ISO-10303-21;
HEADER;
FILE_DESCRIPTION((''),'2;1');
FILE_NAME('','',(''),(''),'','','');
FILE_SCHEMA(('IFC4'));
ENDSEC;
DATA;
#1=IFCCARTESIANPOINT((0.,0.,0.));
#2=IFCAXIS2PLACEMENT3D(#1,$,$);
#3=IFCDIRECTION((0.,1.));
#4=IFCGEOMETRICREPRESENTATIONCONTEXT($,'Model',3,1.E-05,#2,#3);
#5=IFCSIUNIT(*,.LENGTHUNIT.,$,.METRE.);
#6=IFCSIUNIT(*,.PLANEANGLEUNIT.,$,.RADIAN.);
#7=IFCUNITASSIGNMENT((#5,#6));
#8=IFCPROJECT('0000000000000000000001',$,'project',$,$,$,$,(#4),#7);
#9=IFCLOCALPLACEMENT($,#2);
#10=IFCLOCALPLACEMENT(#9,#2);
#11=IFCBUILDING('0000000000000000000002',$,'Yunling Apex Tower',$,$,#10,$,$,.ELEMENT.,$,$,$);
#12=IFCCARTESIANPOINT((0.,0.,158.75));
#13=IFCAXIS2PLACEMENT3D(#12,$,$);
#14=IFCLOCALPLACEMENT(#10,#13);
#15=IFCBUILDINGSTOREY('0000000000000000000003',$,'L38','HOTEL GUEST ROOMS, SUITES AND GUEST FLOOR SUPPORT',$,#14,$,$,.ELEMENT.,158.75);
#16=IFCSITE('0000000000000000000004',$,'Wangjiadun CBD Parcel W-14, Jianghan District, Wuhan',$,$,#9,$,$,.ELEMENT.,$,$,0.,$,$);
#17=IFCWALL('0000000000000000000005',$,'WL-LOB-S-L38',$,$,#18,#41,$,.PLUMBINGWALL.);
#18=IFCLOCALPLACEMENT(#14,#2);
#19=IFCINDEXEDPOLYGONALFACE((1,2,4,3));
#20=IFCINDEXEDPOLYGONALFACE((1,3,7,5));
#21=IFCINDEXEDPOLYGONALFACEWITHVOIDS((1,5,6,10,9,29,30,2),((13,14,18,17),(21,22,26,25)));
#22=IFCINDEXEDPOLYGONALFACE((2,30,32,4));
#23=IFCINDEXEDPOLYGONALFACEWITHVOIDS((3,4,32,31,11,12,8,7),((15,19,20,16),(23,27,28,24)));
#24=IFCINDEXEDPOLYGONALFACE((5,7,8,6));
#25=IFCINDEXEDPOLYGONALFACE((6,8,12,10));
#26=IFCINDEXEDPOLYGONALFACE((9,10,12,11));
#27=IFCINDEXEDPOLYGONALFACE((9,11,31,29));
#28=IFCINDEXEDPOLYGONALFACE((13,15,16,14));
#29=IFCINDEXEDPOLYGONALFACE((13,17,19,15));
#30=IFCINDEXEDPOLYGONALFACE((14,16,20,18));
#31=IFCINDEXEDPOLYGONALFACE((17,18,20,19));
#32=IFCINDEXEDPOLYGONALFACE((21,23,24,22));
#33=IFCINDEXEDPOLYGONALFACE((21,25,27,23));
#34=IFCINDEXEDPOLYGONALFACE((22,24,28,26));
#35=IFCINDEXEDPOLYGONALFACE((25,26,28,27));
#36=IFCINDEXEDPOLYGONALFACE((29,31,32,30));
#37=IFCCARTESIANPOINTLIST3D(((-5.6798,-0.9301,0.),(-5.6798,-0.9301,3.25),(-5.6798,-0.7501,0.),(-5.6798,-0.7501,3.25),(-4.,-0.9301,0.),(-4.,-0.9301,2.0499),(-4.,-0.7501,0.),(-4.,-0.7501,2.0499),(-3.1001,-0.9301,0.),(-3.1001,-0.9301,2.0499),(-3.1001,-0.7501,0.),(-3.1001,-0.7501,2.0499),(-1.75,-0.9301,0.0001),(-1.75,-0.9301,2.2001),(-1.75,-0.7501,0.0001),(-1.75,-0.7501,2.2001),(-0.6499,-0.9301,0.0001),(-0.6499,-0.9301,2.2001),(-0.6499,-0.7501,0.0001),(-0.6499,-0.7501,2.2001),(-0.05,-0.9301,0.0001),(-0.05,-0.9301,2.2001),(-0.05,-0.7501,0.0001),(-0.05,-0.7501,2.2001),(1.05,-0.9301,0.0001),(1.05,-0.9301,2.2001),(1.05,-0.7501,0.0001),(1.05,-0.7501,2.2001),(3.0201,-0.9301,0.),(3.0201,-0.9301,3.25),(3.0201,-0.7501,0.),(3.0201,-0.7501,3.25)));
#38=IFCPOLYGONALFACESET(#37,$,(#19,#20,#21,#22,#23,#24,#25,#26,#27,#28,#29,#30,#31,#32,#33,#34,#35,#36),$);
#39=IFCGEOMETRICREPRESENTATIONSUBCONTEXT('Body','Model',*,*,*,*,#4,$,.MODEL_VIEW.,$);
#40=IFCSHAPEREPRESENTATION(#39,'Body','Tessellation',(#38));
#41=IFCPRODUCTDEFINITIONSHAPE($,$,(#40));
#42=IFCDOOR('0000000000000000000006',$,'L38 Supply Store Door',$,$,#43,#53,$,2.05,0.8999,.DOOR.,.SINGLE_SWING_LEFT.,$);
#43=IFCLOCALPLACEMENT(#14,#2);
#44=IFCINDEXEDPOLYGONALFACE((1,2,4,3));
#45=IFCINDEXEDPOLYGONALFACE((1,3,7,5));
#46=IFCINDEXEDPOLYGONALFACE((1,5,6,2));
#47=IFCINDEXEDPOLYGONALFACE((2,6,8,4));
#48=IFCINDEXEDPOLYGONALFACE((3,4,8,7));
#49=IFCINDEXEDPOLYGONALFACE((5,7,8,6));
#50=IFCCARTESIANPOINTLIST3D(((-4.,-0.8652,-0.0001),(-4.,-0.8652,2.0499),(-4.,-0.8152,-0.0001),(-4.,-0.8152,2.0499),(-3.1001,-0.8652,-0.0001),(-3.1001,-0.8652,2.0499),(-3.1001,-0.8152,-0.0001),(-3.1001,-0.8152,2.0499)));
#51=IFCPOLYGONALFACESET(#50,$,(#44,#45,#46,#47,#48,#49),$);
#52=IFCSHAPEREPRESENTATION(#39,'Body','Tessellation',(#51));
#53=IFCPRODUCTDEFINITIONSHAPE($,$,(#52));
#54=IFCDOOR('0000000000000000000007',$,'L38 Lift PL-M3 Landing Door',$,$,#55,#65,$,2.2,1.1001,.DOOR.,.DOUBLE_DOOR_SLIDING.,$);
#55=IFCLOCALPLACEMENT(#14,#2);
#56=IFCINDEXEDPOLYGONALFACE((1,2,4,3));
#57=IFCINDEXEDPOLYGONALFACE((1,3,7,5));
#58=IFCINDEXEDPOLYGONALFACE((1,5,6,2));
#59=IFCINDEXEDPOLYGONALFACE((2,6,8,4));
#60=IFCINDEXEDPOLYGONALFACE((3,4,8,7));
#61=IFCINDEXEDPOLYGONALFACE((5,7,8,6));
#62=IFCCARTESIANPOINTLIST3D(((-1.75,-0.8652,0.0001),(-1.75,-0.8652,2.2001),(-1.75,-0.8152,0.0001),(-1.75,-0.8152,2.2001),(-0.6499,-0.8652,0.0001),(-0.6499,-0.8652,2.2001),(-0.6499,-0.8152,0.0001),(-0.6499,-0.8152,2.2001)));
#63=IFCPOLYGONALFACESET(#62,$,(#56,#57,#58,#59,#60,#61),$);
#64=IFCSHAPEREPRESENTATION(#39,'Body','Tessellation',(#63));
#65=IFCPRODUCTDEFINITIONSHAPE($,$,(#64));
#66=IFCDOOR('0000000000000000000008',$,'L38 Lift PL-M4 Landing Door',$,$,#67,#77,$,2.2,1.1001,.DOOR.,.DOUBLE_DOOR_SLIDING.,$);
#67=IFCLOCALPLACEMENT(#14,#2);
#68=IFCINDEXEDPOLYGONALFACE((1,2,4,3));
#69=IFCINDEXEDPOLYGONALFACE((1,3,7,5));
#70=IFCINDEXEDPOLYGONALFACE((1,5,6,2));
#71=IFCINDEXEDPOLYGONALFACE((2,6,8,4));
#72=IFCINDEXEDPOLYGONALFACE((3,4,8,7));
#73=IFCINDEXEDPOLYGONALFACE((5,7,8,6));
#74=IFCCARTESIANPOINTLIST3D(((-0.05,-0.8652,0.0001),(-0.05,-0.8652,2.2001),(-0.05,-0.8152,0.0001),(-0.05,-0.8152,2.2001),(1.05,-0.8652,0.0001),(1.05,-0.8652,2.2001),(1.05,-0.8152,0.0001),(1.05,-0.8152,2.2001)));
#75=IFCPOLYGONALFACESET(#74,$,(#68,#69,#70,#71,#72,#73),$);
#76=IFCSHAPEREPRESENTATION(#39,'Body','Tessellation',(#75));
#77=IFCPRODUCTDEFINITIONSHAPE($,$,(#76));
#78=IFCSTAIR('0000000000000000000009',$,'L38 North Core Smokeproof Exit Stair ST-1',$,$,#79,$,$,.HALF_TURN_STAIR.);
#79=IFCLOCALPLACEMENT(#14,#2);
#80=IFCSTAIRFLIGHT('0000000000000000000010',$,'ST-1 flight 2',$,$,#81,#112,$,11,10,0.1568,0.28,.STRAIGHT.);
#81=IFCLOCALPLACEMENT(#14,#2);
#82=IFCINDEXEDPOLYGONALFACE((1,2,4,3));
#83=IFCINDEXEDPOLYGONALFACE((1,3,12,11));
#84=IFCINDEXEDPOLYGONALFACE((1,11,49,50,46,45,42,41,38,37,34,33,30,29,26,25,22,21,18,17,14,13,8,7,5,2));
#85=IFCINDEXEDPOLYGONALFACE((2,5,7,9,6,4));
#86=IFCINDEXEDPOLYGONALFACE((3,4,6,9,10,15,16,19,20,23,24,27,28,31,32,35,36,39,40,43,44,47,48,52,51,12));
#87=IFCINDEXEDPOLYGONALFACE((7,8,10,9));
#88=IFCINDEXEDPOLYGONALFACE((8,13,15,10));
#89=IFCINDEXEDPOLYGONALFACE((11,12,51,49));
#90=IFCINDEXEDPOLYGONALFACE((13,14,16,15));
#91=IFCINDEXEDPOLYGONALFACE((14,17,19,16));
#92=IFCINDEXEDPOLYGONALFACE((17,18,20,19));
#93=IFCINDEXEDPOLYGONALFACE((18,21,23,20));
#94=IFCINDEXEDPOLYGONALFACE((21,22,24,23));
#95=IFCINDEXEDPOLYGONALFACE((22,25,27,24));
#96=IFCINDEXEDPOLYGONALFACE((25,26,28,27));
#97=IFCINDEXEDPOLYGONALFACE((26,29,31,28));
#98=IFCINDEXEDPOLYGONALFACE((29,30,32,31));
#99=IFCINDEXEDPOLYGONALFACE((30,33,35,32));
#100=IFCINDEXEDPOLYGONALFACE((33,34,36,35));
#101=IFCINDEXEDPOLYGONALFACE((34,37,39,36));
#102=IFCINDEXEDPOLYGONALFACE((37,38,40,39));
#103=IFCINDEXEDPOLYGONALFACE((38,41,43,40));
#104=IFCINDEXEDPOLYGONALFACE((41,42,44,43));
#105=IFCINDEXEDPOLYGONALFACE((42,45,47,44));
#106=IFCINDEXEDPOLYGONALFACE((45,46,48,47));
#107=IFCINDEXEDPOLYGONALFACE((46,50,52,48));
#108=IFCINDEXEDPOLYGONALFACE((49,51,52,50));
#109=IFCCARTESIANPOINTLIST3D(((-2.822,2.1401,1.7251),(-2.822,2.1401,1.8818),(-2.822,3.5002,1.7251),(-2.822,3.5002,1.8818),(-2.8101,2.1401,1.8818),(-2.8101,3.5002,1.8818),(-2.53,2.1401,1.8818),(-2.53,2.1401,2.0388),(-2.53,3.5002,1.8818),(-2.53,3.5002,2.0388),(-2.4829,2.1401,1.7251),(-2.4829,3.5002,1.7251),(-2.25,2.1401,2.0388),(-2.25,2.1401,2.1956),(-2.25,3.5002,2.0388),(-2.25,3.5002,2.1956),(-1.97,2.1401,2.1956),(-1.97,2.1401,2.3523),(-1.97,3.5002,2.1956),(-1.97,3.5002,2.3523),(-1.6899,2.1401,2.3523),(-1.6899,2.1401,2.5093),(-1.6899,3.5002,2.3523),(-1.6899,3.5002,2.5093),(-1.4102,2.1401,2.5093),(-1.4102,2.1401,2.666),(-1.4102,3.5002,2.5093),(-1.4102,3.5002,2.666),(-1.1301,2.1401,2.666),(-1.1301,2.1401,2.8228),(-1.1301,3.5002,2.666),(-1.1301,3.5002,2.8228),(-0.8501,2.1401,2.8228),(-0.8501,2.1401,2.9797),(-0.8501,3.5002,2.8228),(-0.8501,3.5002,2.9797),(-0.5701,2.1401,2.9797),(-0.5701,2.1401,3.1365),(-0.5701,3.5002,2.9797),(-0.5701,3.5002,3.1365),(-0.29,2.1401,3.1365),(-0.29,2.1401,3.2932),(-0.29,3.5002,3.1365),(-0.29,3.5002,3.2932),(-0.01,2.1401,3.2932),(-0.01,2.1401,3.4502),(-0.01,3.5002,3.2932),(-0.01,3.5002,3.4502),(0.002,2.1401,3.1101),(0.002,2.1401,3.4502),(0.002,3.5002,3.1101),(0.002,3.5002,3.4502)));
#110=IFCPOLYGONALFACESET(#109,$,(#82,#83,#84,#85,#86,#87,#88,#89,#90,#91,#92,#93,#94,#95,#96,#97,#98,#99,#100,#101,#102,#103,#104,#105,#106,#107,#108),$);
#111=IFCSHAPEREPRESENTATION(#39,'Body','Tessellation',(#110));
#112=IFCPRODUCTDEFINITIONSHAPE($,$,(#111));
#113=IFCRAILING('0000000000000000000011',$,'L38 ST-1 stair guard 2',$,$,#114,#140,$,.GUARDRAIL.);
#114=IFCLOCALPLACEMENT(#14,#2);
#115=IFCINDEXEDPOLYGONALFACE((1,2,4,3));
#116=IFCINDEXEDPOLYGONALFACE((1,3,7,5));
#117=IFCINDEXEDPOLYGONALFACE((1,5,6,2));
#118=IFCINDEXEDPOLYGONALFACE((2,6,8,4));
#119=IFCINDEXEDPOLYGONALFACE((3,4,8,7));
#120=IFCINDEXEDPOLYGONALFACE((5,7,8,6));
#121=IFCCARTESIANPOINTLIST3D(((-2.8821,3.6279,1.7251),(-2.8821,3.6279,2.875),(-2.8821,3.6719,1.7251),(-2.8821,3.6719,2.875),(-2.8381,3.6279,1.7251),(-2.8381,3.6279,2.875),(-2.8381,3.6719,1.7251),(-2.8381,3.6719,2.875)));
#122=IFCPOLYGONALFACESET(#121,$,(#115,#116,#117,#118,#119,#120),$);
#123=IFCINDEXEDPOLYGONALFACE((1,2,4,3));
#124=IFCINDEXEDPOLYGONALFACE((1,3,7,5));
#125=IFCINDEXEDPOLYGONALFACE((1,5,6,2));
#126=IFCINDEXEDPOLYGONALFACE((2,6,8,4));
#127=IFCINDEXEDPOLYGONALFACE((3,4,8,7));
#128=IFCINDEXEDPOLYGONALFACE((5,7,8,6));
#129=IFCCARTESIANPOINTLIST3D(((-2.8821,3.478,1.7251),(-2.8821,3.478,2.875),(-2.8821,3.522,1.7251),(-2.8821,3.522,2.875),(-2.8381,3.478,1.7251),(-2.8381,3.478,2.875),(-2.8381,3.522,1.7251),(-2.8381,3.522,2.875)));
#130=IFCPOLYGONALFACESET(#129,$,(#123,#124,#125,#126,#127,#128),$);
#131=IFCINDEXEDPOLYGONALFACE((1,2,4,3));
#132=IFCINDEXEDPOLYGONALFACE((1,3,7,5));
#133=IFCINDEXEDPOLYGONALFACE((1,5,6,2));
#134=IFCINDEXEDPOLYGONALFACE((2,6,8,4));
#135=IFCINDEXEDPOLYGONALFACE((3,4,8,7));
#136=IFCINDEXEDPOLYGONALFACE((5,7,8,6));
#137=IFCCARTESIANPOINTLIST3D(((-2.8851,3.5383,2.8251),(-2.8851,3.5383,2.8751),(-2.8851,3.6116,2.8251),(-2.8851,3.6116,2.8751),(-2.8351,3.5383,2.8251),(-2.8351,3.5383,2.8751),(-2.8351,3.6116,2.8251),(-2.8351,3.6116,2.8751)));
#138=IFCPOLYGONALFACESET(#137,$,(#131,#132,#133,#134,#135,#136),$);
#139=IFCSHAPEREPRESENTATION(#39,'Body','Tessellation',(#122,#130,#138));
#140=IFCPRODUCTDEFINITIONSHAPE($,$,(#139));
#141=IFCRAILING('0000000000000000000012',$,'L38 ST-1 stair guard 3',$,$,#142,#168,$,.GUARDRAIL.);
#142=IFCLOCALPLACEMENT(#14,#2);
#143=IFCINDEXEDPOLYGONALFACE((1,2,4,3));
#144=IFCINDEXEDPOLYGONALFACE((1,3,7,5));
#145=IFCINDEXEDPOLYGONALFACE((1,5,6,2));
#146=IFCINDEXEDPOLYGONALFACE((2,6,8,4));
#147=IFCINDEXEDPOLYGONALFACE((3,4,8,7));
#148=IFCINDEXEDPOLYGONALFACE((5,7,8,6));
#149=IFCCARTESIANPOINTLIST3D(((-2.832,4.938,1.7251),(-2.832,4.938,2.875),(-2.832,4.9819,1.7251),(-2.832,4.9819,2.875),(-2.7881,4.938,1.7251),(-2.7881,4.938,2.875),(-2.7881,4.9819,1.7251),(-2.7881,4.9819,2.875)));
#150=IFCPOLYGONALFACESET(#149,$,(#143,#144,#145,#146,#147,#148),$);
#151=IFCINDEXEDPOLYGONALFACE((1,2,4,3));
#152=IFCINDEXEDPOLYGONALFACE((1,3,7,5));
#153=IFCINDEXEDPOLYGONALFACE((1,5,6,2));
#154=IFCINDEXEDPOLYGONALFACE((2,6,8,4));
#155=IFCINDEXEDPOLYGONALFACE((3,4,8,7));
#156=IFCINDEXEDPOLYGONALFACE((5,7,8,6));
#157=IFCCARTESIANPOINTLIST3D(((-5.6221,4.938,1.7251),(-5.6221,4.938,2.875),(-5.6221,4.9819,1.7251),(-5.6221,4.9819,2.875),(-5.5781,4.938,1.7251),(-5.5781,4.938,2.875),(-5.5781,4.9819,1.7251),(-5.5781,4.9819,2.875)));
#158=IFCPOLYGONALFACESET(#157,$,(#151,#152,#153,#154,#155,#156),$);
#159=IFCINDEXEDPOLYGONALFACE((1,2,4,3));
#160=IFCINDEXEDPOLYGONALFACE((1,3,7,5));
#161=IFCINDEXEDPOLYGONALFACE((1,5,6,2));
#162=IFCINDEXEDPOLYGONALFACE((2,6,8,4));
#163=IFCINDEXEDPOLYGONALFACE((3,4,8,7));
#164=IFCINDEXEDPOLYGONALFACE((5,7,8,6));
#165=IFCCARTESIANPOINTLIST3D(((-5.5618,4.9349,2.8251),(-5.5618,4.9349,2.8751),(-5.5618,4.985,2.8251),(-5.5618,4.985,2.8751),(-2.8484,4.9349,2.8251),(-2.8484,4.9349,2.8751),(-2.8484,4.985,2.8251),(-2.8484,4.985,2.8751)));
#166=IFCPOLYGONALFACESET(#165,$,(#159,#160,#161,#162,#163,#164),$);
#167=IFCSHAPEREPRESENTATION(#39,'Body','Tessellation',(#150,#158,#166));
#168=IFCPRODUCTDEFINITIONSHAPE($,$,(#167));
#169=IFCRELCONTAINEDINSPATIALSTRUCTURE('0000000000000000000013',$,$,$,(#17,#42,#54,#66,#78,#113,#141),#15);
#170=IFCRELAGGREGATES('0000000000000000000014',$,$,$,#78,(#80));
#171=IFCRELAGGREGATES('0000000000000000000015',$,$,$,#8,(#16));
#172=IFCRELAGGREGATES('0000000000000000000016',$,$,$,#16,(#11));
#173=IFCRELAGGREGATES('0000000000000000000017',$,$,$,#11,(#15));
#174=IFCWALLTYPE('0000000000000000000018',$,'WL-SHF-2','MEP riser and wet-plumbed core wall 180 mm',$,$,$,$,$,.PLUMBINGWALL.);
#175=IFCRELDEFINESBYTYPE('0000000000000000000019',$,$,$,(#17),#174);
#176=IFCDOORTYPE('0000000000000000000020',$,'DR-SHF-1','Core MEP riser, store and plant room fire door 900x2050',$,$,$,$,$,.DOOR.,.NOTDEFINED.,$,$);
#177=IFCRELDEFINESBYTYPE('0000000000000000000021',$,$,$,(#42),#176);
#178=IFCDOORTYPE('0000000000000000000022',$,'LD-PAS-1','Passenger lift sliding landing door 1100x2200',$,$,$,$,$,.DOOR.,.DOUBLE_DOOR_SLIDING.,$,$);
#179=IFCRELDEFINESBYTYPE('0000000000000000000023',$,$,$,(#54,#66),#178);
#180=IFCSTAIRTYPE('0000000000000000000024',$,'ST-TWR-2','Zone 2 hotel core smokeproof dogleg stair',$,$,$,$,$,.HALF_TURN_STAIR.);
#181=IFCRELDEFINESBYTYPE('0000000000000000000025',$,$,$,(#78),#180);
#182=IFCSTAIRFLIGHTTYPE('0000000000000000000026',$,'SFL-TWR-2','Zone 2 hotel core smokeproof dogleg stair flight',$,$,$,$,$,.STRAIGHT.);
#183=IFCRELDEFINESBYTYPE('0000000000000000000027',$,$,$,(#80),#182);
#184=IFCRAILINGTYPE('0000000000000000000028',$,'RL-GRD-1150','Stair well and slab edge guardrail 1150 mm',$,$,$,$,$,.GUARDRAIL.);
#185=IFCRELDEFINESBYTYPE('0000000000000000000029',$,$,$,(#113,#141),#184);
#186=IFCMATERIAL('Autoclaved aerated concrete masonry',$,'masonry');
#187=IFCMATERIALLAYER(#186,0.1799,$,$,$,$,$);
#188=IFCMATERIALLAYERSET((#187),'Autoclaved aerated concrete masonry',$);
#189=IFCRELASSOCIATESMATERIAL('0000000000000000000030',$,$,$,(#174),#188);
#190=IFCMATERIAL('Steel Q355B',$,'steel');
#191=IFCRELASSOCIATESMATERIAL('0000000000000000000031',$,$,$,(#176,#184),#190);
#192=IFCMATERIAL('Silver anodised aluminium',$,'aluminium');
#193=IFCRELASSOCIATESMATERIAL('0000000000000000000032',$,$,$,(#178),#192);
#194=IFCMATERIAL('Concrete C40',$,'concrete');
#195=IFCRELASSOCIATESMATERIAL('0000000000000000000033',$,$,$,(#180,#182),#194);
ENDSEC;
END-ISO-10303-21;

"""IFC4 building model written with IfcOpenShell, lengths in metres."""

from ifc_helpers import new_model, si_unit, direction, frame, frame_2d, origin, origin_2d, place, context, subcontext, project, spatial, polyline, rectangle, outline, extrude, material, layer, layer_set, type_object, element, fill, aggregate, save


model = new_model("IFC4")

# Units and contexts
model_context = context("Model", 3, precision=1e-05, world=origin(), true_north=direction((0.0, 1.0)))
body_context = subcontext(model_context, "Body", "Model", "MODEL_VIEW")
ifc_project = project(units=[si_unit("LENGTHUNIT", "METRE"), si_unit("PLANEANGLEUNIT", "RADIAN")], contexts=[model_context])

# Site, building, storey
site_placement = place(None, origin())
site = spatial("IfcSite", under=ifc_project, at=site_placement, Name="Wangjiadun CBD Parcel W-14, Jianghan District, Wuhan", CompositionType="ELEMENT", RefElevation=0.0)
building_placement = place(site_placement, origin())
building = spatial("IfcBuilding", under=site, at=building_placement, Name="Yunling Apex Tower", CompositionType="ELEMENT")
storey_placement = place(building_placement, frame((0.0, 0.0, 158.75)))
storey = spatial("IfcBuildingStorey", under=building, at=storey_placement, Name="L38", Description="HOTEL GUEST ROOMS, SUITES AND GUEST FLOOR SUPPORT", CompositionType="ELEMENT", Elevation=158.75)

# Shared definitions
ifc_material_1 = material(Name="Steel Q355B", Category="steel")

# Shared definitions
ifc_material_2 = material(Name="Concrete C40", Category="concrete")
ifc_material_3 = material(Name="Autoclaved aerated concrete masonry", Category="masonry")
ifc_layer_1 = layer(ifc_material_3, 0.1799)
ifc_layer_set_1 = layer_set([ifc_layer_1], Name="Autoclaved aerated concrete masonry")
wall_type_1 = type_object("IfcWallType", Name="WL-SHF-2", Description="MEP riser and wet-plumbed core wall 180 mm", PredefinedType="PLUMBINGWALL", material=ifc_layer_set_1)

# Wall, openings, doors
door_type_1 = type_object("IfcDoorType", Name="DR-SHF-1", Description="Core MEP riser, store and plant room fire door 900x2050", OperationType="NOTDEFINED", PredefinedType="DOOR", material=ifc_material_1)
ifc_material_4 = material(Name="Silver anodised aluminium", Category="aluminium")
door_type_2 = type_object("IfcDoorType", Name="LD-PAS-1", Description="Passenger lift sliding landing door 1100x2200", OperationType="DOUBLE_DOOR_SLIDING", PredefinedType="DOOR", material=ifc_material_4)
wall_1_placement = place(storey_placement, frame((-5.6799, -0.8401, 0.0), z_axis=(0.0, 0.0, 1.0), x_axis=(1.0, 0.0, 0.0)))
wall_1 = element("IfcWall", 1, at=wall_1_placement, inside=storey, type_object=wall_type_1, Name="WL-LOB-S-L38", PredefinedType="PLUMBINGWALL", context=body_context, shape_type="SweptSolid", body=[
    extrude(rectangle(XDim=8.7, YDim=0.1799, at=frame_2d((4.3501, 0.0))), origin(), (0.0, 0.0, 1.0), 3.25),
])
opening_1_placement = place(wall_1_placement, frame((1.6799, 0.0, 0.0)))
opening_1 = element("IfcOpeningElement", 2, at=opening_1_placement, cuts=wall_1, PredefinedType="OPENING", context=body_context, shape_type="SweptSolid", body=[
    extrude(rectangle(XDim=0.8999, YDim=2.05, at=frame_2d((0.45, 1.0249))), frame((0.0, 0.1001, 0.0), z_axis=(0.0, -1.0, 0.0), x_axis=(1.0, 0.0, 0.0)), (0.0, 0.0, 1.0), 0.2),
])
opening_2_placement = place(wall_1_placement, frame((3.9299, 0.0, 0.0)))
opening_2 = element("IfcOpeningElement", 3, at=opening_2_placement, cuts=wall_1, PredefinedType="OPENING", context=body_context, shape_type="SweptSolid", body=[
    extrude(rectangle(XDim=1.1001, YDim=2.2, at=frame_2d((0.55, 1.1001))), frame((0.0, 0.1001, 0.0), z_axis=(0.0, -1.0, 0.0), x_axis=(1.0, 0.0, 0.0)), (0.0, 0.0, 1.0), 0.2),
])
opening_3_placement = place(wall_1_placement, frame((5.6299, 0.0, 0.0)))
opening_3 = element("IfcOpeningElement", 4, at=opening_3_placement, cuts=wall_1, PredefinedType="OPENING", context=body_context, shape_type="SweptSolid", body=[
    extrude(rectangle(XDim=1.1001, YDim=2.2, at=frame_2d((0.55, 1.1001))), frame((0.0, 0.1001, 0.0), z_axis=(0.0, -1.0, 0.0), x_axis=(1.0, 0.0, 0.0)), (0.0, 0.0, 1.0), 0.2),
])
door_1_placement = place(opening_1_placement, origin())
door_1 = element("IfcDoor", 5, at=door_1_placement, inside=storey, type_object=door_type_1, Name="L38 Supply Store Door", OperationType="SINGLE_SWING_LEFT", OverallHeight=2.05, OverallWidth=0.8999, PredefinedType="DOOR", context=body_context, shape_type="SweptSolid", body=[
    extrude(rectangle(XDim=0.8999, YDim=2.05, at=frame_2d((0.45, 1.0249))), frame((0.0, 0.0249, 0.0), z_axis=(0.0, -1.0, 0.0), x_axis=(1.0, 0.0, 0.0)), (0.0, 0.0, 1.0), 0.05),
])
fill(opening_1, door_1)
door_2_placement = place(opening_2_placement, origin())
door_2 = element("IfcDoor", 6, at=door_2_placement, inside=storey, type_object=door_type_2, Name="L38 Lift PL-M3 Landing Door", OperationType="DOUBLE_DOOR_SLIDING", OverallHeight=2.2, OverallWidth=1.1001, PredefinedType="DOOR", context=body_context, shape_type="SweptSolid", body=[
    extrude(rectangle(XDim=1.1001, YDim=2.2, at=frame_2d((0.55, 1.1001))), frame((0.0, 0.0249, 0.0), z_axis=(0.0, -1.0, 0.0), x_axis=(1.0, 0.0, 0.0)), (0.0, 0.0, 1.0), 0.05),
])
fill(opening_2, door_2)
door_3_placement = place(opening_3_placement, origin())
door_3 = element("IfcDoor", 7, at=door_3_placement, inside=storey, type_object=door_type_2, Name="L38 Lift PL-M4 Landing Door", OperationType="DOUBLE_DOOR_SLIDING", OverallHeight=2.2, OverallWidth=1.1001, PredefinedType="DOOR", context=body_context, shape_type="SweptSolid", body=[
    extrude(rectangle(XDim=1.1001, YDim=2.2, at=frame_2d((0.55, 1.1001))), frame((0.0, 0.0249, 0.0), z_axis=(0.0, -1.0, 0.0), x_axis=(1.0, 0.0, 0.0)), (0.0, 0.0, 1.0), 0.05),
])
fill(opening_3, door_3)

# Stair, stair flight
stair_type = type_object("IfcStairType", Name="ST-TWR-2", Description="Zone 2 hotel core smokeproof dogleg stair", PredefinedType="HALF_TURN_STAIR", material=ifc_material_2)
stair_placement = place(storey_placement, origin())
stair = element("IfcStair", 8, at=stair_placement, inside=storey, type_object=stair_type, Name="L38 North Core Smokeproof Exit Stair ST-1", PredefinedType="HALF_TURN_STAIR")
stair_flight_type = type_object("IfcStairFlightType", Name="SFL-TWR-2", Description="Zone 2 hotel core smokeproof dogleg stair flight", PredefinedType="STRAIGHT", material=ifc_material_2)
stair_flight_placement = place(storey_placement, frame((-2.8101, 2.8201, 1.7251), z_axis=(0.0, 0.0, 1.0), x_axis=(1.0, 0.0, 0.0)))
stair_flight = element("IfcStairFlight", 9, at=stair_flight_placement, type_object=stair_flight_type, Name="ST-1 flight 2", NumberOfRisers=11, NumberOfTreads=10, PredefinedType="STRAIGHT", RiserHeight=0.1568, TreadLength=0.28, context=body_context, shape_type="SweptSolid", body=[
    extrude(outline(polyline([(-0.012, 0.0), (-0.012, 0.1567), (0.0, 0.1567), (0.28, 0.1567), (0.28, 0.3137), (0.5601, 0.3137), (0.5601, 0.4705), (0.8401, 0.4705), (0.8401, 0.6272), (1.1201, 0.6272), (1.1201, 0.7842), (1.3999, 0.7842), (1.3999, 0.9409), (1.6799, 0.9409), (1.6799, 1.0977), (1.96, 1.0977), (1.96, 1.2546), (2.24, 1.2546), (2.24, 1.4114), (2.52, 1.4114), (2.52, 1.5681), (2.8, 1.5681), (2.8, 1.7251), (2.812, 1.7251), (2.812, 1.385), (0.3271, 0.0), (-0.012, 0.0)])), frame((0.0, 0.6802, 0.0), z_axis=(0.0, -1.0, 0.0), x_axis=(1.0, 0.0, 0.0)), (0.0, 0.0, 1.0), 1.3601),
])
aggregate(stair, [stair_flight])

# Railings
railing_type_1 = type_object("IfcRailingType", Name="RL-GRD-1150", Description="Stair well and slab edge guardrail 1150 mm", PredefinedType="GUARDRAIL", material=ifc_material_1)
railing_1_placement = place(storey_placement, frame((-2.8601, 3.6499, 1.7251)))
element("IfcRailing", 10, at=railing_1_placement, inside=storey, type_object=railing_type_1, Name="L38 ST-1 stair guard 2", PredefinedType="GUARDRAIL", context=body_context, shape_type="SweptSolid", body=[
    extrude(rectangle(XDim=0.0439, YDim=0.0439, at=origin_2d()), origin(), (0.0, 0.0, 1.0), 1.1499),
    extrude(rectangle(XDim=0.0439, YDim=0.0439, at=origin_2d()), frame((0.0, -0.1499, 0.0)), (0.0, 0.0, 1.0), 1.1499),
    extrude(rectangle(XDim=0.05, YDim=0.05, at=origin_2d()), frame((0.0, -0.0383, 1.125), z_axis=(0.0, -1.0, 0.0), x_axis=(1.0, 0.0, 0.0)), (0.0, 0.0, 1.0), 0.0732),
])
railing_2_placement = place(storey_placement, frame((-2.8101, 4.96, 1.7251)))
element("IfcRailing", 11, at=railing_2_placement, inside=storey, type_object=railing_type_1, Name="L38 ST-1 stair guard 3", PredefinedType="GUARDRAIL", context=body_context, shape_type="SweptSolid", body=[
    extrude(rectangle(XDim=0.0439, YDim=0.0439, at=origin_2d()), origin(), (0.0, 0.0, 1.0), 1.1499),
    extrude(rectangle(XDim=0.0439, YDim=0.0439, at=origin_2d()), frame((-2.79, 0.0, 0.0)), (0.0, 0.0, 1.0), 1.1499),
    extrude(rectangle(XDim=0.05, YDim=0.05, at=origin_2d()), frame((-0.0383, 0.0, 1.125), z_axis=(-1.0, 0.0, 0.0), x_axis=(0.0, -1.0, 0.0)), (0.0, 0.0, 1.0), 2.7134),
])

save(model, "model.ifc")
